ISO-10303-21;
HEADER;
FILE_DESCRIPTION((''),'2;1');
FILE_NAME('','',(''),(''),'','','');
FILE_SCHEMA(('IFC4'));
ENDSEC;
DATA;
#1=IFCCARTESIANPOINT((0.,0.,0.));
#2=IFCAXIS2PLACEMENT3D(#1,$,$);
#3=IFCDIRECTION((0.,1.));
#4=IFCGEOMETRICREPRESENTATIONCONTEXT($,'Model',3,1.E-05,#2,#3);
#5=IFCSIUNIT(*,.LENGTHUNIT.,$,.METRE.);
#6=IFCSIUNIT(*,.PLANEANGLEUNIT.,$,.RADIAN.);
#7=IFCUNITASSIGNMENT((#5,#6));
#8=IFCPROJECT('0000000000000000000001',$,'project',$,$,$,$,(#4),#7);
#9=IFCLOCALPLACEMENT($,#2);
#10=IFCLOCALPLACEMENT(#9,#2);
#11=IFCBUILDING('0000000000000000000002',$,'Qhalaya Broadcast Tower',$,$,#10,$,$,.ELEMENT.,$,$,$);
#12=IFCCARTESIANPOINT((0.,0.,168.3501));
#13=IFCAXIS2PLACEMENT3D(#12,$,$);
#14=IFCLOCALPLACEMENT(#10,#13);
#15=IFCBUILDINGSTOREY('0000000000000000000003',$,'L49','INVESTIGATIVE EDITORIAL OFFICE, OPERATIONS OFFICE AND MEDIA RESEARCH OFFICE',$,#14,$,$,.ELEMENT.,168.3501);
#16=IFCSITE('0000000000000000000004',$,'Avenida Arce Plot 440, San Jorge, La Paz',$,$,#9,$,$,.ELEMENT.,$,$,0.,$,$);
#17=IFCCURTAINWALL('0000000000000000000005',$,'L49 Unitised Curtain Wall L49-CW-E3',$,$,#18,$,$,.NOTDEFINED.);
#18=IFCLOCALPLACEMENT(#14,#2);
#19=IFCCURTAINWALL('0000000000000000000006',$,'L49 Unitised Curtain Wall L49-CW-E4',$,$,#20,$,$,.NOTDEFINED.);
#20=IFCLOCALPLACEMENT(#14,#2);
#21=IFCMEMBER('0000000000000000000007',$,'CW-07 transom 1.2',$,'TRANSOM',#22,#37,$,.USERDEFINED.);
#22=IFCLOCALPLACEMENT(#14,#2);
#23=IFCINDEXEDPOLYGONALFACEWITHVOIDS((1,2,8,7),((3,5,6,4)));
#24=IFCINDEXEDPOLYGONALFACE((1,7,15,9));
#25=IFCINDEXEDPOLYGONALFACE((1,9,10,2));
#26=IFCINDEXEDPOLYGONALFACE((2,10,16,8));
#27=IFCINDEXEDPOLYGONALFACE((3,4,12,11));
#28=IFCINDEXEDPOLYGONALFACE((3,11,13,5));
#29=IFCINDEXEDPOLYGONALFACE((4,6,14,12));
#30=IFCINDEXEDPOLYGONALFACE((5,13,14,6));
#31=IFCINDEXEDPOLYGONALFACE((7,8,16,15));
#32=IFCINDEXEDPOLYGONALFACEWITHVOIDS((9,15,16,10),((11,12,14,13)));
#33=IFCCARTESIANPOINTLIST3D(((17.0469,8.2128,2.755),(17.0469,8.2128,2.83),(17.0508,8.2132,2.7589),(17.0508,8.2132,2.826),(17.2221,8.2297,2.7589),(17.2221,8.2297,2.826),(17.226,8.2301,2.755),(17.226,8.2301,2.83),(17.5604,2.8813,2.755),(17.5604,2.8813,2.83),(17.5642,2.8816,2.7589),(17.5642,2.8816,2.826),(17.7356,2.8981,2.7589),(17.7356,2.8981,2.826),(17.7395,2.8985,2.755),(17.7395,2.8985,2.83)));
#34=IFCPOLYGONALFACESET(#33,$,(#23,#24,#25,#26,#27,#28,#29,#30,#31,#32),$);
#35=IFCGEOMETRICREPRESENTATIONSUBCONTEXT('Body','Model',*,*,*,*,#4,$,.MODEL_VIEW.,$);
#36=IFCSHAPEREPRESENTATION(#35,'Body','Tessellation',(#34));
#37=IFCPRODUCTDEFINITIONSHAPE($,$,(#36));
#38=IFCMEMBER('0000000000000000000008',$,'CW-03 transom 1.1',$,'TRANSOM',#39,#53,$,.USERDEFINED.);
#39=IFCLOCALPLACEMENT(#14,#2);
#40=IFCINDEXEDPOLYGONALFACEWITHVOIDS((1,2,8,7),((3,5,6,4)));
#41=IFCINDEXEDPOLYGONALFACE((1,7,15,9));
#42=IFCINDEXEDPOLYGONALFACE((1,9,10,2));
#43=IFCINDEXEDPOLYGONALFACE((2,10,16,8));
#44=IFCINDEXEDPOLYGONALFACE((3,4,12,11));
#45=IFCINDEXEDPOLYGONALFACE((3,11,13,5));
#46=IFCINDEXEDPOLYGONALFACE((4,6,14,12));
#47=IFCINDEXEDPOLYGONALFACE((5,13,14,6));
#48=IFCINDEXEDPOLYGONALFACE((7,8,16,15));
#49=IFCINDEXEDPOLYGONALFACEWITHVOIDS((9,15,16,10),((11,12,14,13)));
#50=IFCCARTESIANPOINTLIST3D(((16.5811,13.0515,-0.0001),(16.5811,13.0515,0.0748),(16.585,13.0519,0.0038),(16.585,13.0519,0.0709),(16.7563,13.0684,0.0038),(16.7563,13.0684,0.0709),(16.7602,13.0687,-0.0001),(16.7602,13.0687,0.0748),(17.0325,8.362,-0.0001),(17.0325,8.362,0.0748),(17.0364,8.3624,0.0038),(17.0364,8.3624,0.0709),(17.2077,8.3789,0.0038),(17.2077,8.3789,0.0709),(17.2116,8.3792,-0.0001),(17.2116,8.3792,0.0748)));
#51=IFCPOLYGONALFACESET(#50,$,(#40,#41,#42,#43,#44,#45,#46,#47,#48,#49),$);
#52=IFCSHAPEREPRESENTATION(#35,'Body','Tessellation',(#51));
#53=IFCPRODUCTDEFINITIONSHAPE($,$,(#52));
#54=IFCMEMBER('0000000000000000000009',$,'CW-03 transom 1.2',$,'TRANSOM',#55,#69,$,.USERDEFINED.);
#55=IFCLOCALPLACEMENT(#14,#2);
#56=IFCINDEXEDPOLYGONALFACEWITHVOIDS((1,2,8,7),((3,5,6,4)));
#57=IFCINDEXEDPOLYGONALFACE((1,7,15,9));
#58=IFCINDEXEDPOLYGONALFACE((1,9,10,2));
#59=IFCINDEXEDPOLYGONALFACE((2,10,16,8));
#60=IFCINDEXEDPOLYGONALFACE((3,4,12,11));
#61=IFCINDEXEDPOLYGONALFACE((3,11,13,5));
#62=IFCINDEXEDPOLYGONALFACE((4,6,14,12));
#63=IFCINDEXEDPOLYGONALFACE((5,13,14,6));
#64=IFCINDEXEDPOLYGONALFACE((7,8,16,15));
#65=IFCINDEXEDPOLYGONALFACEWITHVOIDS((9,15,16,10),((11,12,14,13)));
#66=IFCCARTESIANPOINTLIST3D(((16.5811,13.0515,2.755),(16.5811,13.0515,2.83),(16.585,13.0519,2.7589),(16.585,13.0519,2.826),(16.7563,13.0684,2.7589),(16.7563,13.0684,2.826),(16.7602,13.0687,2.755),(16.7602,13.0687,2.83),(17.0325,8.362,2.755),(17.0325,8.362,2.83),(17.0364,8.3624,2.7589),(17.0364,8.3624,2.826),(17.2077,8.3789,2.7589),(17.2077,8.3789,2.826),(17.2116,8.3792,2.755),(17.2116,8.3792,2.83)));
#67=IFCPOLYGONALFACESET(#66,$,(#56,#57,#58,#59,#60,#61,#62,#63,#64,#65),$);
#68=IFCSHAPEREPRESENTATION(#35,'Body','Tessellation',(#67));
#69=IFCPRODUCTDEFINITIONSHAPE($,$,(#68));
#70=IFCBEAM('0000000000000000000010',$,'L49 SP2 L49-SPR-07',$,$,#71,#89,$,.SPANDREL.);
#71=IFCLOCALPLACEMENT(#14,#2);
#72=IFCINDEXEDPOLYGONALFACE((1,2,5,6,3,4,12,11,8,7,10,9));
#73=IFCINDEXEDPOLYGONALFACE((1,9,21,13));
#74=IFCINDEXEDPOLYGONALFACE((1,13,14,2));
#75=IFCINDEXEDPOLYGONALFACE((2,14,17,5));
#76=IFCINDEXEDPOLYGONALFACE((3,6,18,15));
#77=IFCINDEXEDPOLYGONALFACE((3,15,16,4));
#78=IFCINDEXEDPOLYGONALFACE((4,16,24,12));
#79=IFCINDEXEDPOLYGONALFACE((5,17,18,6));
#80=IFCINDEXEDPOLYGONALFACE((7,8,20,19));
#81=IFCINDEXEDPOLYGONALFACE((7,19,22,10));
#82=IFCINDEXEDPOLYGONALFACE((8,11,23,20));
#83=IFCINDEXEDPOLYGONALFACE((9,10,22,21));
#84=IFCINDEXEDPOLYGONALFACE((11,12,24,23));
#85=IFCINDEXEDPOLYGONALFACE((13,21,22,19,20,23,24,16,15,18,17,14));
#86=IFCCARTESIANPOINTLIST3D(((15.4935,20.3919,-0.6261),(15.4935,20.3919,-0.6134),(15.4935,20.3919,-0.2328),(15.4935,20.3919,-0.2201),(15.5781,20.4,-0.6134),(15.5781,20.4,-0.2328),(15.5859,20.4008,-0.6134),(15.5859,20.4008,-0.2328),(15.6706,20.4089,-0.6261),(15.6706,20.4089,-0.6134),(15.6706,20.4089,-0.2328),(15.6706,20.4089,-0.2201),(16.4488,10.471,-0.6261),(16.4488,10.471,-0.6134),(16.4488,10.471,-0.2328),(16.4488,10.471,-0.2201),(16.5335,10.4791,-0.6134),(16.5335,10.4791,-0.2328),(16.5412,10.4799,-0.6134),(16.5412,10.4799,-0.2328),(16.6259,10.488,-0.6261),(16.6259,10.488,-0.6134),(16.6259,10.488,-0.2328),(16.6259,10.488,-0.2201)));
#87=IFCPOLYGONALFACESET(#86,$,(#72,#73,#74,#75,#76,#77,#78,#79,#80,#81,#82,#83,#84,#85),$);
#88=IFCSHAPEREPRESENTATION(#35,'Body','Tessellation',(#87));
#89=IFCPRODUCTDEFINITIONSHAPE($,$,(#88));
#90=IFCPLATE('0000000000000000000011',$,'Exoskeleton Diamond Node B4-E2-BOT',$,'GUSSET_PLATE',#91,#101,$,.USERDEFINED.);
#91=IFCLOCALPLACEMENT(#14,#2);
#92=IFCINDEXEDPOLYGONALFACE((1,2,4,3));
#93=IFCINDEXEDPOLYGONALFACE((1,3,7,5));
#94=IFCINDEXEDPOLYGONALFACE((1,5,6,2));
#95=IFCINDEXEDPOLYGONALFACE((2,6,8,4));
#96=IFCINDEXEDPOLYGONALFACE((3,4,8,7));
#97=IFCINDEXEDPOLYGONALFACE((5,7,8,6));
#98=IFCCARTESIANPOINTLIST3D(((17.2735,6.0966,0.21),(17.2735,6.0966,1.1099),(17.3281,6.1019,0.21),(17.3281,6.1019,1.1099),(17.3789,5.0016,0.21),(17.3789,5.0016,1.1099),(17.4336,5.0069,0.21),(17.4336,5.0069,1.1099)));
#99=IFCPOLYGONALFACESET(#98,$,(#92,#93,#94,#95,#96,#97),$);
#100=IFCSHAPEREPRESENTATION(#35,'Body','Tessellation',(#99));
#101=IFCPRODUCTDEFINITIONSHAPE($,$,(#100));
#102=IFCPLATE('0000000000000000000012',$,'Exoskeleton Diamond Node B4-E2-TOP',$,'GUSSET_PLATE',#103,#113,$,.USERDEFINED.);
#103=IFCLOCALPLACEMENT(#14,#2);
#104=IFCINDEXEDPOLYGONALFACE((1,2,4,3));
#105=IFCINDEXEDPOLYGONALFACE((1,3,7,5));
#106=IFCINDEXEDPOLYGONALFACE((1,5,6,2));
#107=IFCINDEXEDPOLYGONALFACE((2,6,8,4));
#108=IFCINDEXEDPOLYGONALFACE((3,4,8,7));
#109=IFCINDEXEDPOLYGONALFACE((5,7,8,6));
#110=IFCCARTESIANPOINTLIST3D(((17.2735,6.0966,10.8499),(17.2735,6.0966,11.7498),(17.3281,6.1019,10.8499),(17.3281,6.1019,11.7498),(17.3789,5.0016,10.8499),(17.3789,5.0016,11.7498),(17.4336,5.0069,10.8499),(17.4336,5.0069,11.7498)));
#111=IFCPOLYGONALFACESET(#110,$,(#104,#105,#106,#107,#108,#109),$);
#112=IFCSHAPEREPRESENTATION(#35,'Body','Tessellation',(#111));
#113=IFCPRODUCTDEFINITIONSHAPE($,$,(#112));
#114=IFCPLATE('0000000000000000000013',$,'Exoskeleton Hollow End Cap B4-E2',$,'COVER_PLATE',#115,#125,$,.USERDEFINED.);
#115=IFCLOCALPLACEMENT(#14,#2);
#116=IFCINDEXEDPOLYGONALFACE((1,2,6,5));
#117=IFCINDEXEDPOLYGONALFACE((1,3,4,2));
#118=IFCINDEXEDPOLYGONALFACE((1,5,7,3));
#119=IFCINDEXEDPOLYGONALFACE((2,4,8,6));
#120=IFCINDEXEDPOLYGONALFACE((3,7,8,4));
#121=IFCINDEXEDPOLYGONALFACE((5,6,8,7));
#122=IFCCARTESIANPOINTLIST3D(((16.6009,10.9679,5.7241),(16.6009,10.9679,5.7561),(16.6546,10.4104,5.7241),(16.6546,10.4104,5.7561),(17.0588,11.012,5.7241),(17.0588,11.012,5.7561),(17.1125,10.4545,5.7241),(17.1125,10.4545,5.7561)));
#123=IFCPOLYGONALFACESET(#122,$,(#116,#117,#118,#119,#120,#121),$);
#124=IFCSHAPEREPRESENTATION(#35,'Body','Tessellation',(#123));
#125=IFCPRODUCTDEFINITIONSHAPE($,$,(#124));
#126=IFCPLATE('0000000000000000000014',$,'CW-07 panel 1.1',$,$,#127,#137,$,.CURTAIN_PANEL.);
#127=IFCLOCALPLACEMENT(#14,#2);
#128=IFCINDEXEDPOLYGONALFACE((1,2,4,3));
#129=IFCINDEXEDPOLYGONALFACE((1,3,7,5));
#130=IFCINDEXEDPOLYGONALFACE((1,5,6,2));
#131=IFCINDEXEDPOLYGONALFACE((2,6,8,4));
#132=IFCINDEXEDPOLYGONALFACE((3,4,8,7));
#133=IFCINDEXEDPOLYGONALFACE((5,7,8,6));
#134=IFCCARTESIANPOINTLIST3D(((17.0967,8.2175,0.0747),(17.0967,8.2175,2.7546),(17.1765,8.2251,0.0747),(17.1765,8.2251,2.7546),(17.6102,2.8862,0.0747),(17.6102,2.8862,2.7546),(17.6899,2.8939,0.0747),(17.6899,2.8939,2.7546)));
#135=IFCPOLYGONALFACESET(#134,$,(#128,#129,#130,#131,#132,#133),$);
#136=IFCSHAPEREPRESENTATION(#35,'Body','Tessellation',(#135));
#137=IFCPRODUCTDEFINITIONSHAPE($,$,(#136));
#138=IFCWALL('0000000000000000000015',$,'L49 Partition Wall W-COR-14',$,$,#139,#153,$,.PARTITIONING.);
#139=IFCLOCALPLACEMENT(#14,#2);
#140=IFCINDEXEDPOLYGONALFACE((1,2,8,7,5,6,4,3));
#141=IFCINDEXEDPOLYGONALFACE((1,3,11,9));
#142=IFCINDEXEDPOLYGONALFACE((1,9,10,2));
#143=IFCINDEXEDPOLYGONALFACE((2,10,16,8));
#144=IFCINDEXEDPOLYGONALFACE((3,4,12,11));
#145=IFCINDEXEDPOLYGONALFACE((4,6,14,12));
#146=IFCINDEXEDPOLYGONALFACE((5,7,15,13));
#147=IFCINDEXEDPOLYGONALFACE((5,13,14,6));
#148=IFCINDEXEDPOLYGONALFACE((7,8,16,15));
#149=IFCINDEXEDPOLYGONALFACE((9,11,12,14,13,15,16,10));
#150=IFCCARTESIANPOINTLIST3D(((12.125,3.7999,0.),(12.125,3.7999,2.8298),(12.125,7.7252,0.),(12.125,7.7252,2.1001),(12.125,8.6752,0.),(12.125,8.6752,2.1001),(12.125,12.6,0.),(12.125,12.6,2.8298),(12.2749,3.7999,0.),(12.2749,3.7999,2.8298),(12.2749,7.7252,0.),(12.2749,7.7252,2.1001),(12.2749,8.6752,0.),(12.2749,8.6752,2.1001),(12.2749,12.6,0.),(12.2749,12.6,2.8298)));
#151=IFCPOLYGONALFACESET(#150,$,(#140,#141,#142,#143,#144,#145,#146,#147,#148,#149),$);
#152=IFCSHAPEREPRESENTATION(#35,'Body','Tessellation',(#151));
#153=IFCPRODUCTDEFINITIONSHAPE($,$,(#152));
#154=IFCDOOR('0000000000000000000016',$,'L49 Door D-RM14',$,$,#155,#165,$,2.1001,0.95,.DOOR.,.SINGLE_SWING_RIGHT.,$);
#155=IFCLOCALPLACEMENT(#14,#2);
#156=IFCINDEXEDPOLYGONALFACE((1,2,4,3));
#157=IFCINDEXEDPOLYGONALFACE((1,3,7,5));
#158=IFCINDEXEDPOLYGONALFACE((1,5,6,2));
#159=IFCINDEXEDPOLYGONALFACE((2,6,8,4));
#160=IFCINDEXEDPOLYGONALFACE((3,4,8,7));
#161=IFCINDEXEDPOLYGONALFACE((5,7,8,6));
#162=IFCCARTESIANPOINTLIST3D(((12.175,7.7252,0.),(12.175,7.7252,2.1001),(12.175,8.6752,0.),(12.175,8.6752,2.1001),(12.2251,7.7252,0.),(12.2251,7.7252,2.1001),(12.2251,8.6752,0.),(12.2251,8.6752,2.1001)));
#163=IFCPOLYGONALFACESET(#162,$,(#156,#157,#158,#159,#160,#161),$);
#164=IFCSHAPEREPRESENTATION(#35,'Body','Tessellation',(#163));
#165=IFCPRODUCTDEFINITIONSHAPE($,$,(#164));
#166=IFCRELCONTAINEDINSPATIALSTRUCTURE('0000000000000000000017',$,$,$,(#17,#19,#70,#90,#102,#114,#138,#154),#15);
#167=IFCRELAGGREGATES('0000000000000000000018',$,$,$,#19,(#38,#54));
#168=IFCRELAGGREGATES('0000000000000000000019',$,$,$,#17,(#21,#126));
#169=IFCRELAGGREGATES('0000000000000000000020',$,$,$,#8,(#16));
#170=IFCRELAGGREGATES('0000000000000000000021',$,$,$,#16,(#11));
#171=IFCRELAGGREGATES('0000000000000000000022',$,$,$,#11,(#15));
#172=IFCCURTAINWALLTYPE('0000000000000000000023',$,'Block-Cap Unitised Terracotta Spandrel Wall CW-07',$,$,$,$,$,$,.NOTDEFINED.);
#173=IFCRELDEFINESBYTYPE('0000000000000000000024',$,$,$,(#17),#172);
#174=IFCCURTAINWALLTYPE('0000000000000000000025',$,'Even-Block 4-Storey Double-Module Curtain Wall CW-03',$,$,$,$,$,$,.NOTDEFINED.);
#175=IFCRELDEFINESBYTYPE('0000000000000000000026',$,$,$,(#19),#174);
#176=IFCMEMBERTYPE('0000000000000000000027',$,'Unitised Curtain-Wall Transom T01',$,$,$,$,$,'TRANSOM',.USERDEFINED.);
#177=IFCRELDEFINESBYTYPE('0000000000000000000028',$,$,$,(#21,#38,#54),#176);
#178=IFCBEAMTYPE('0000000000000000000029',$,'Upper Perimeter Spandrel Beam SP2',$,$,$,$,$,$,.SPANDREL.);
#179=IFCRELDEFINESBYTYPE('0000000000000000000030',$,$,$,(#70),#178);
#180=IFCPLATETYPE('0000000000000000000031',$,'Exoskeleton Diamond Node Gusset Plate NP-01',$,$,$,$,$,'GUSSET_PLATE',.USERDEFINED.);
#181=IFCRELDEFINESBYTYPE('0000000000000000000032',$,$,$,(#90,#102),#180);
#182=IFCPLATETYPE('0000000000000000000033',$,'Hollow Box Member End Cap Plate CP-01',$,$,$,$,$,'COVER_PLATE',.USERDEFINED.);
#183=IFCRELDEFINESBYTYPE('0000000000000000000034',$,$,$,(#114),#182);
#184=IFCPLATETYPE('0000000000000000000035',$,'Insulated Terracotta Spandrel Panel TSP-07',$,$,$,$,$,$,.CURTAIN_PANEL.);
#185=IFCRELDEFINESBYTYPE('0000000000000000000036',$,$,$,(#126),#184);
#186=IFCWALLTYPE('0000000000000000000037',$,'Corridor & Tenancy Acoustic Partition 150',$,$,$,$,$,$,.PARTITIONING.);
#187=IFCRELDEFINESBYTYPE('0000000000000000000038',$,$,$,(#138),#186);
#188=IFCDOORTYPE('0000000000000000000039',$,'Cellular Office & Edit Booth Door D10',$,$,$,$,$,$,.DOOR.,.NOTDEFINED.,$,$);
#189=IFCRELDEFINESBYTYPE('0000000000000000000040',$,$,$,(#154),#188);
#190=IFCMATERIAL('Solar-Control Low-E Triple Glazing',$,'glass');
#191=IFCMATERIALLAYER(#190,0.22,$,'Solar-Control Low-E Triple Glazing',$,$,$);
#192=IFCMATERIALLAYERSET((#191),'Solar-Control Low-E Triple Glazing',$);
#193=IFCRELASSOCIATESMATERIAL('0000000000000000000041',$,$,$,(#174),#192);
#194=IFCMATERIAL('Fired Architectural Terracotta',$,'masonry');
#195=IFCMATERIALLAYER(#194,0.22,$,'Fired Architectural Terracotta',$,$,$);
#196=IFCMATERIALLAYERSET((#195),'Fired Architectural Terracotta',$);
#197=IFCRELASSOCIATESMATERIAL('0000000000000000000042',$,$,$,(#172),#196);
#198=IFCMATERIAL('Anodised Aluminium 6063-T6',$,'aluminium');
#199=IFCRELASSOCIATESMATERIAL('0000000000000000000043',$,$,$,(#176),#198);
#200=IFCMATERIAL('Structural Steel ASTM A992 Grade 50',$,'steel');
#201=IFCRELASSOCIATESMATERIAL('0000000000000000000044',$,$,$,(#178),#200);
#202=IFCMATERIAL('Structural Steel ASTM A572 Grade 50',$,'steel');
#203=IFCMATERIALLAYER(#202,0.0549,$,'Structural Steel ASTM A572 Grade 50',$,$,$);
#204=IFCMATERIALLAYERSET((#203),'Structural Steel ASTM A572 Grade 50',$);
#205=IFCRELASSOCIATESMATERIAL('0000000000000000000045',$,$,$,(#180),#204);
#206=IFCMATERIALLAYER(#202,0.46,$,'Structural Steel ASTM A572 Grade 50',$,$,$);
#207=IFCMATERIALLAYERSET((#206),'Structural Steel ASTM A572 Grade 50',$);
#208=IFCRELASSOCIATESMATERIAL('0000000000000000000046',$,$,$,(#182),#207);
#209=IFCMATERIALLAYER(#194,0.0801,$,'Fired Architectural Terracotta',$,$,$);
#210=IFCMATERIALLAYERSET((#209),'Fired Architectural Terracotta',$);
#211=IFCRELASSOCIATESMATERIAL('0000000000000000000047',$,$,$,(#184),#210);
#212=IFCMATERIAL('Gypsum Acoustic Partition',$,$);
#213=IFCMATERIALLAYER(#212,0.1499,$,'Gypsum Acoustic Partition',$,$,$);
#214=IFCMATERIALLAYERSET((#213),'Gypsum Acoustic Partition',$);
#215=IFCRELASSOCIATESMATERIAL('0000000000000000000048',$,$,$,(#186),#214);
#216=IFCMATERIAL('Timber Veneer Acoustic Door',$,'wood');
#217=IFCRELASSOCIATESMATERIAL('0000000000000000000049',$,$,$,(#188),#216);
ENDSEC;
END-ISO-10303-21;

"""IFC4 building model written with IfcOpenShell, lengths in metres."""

from ifc_helpers import new_model, si_unit, direction, frame, frame_2d, origin, origin_2d, place, context, subcontext, project, spatial, rectangle, hollow_rectangle, i_section, extrude, material, layer, layer_set, material_profile, profile_set, type_object, element, fill, aggregate, save


model = new_model("IFC4")

# Units and contexts
model_context = context("Model", 3, precision=1e-05, world=origin(), true_north=direction((0.0, 1.0)))
body_context = subcontext(model_context, "Body", "Model", "MODEL_VIEW")
ifc_project = project(units=[si_unit("LENGTHUNIT", "METRE"), si_unit("PLANEANGLEUNIT", "RADIAN")], contexts=[model_context])

# Site, building, storey
site_placement = place(None, origin())
site = spatial("IfcSite", under=ifc_project, at=site_placement, Name="Avenida Arce Plot 440, San Jorge, La Paz", CompositionType="ELEMENT", RefElevation=0.0)
building_placement = place(site_placement, origin())
building = spatial("IfcBuilding", under=site, at=building_placement, Name="Qhalaya Broadcast Tower", CompositionType="ELEMENT")
storey_placement = place(building_placement, frame((0.0, 0.0, 168.3501)))
storey = spatial("IfcBuildingStorey", under=building, at=storey_placement, Name="L49", Description="INVESTIGATIVE EDITORIAL OFFICE, OPERATIONS OFFICE AND MEDIA RESEARCH OFFICE", CompositionType="ELEMENT", Elevation=168.3501)

# Shared definitions
ifc_material_1 = material(Name="Structural Steel ASTM A572 Grade 50", Category="steel")

# Shared definitions
ifc_material_2 = material(Name="Structural Steel ASTM A992 Grade 50", Category="steel")

# Shared definitions
ifc_material_3 = material(Name="Solar-Control Low-E Triple Glazing", Category="glass")
ifc_layer_1 = layer(ifc_material_3, 0.22, Name="Solar-Control Low-E Triple Glazing")
ifc_layer_set_1 = layer_set([ifc_layer_1], Name="Solar-Control Low-E Triple Glazing")
curtain_wall_type_1 = type_object("IfcCurtainWallType", Name="Even-Block 4-Storey Double-Module Curtain Wall CW-03", PredefinedType="NOTDEFINED", material=ifc_layer_set_1)
ifc_material_4 = material(Name="Anodised Aluminium 6063-T6", Category="aluminium")

# Curtain wall
ifc_material_5 = material(Name="Fired Architectural Terracotta", Category="masonry")
ifc_layer_2 = layer(ifc_material_5, 0.22, Name="Fired Architectural Terracotta")
ifc_layer_set_2 = layer_set([ifc_layer_2], Name="Fired Architectural Terracotta")
curtain_wall_type_2 = type_object("IfcCurtainWallType", Name="Block-Cap Unitised Terracotta Spandrel Wall CW-07", PredefinedType="NOTDEFINED", material=ifc_layer_set_2)
curtain_wall_1_placement = place(storey_placement, origin())
curtain_wall_1 = element("IfcCurtainWall", 1, at=curtain_wall_1_placement, inside=storey, type_object=curtain_wall_type_2, Name="L49 Unitised Curtain Wall L49-CW-E3", PredefinedType="NOTDEFINED")

# Curtain wall
curtain_wall_2_placement = place(storey_placement, origin())
curtain_wall_2 = element("IfcCurtainWall", 2, at=curtain_wall_2_placement, inside=storey, type_object=curtain_wall_type_1, Name="L49 Unitised Curtain Wall L49-CW-E4", PredefinedType="NOTDEFINED")

# Members
ifc_material_profile_1 = material_profile(ifc_material_4, hollow_rectangle(XDim=0.075, YDim=0.1799, WallThickness=0.0039, at=origin_2d()), Name="ALU-TRN 75x180x4")
ifc_profile_set_1 = profile_set([ifc_material_profile_1], Name="Anodised Aluminium 6063-T6")
member_type_1 = type_object("IfcMemberType", Name="Unitised Curtain-Wall Transom T01", ElementType="TRANSOM", PredefinedType="USERDEFINED", material=ifc_profile_set_1)
member_1_placement = place(storey_placement, frame((17.6499, 2.8899, 2.7925), z_axis=(-0.095857, 0.995395, 0.0), x_axis=(0.0, 0.0, 1.0)))
member_1 = element("IfcMember", 3, at=member_1_placement, type_object=member_type_1, Name="CW-07 transom 1.2", ObjectType="TRANSOM", PredefinedType="USERDEFINED", context=body_context, shape_type="SweptSolid", body=[
    extrude(hollow_rectangle(XDim=0.075, YDim=0.1799, WallThickness=0.0039, at=origin_2d()), origin(), (0.0, 0.0, 1.0), 5.3562),
])
member_2_placement = place(storey_placement, frame((17.1221, 8.3706, 0.0374), z_axis=(-0.095819, 0.995399, 0.0), x_axis=(0.0, 0.0, 1.0)))
member_2 = element("IfcMember", 4, at=member_2_placement, type_object=member_type_1, Name="CW-03 transom 1.1", ObjectType="TRANSOM", PredefinedType="USERDEFINED", context=body_context, shape_type="SweptSolid", body=[
    extrude(hollow_rectangle(XDim=0.075, YDim=0.1799, WallThickness=0.0039, at=origin_2d()), origin(), (0.0, 0.0, 1.0), 4.7112),
])
member_3_placement = place(storey_placement, frame((17.1221, 8.3706, 2.7925), z_axis=(-0.095819, 0.995399, 0.0), x_axis=(0.0, 0.0, 1.0)))
member_3 = element("IfcMember", 5, at=member_3_placement, type_object=member_type_1, Name="CW-03 transom 1.2", ObjectType="TRANSOM", PredefinedType="USERDEFINED", context=body_context, shape_type="SweptSolid", body=[
    extrude(hollow_rectangle(XDim=0.075, YDim=0.1799, WallThickness=0.0039, at=origin_2d()), origin(), (0.0, 0.0, 1.0), 4.7112),
])
aggregate(curtain_wall_2, [member_2, member_3])

# Beam
ifc_material_profile_2 = material_profile(ifc_material_2, i_section(OverallWidth=0.178, OverallDepth=0.406, WebThickness=0.0078, FlangeThickness=0.0127, at=origin_2d()), Name="W16X40")
ifc_profile_set_2 = profile_set([ifc_material_profile_2], Name="Structural Steel ASTM A992 Grade 50")
beam_type_1 = type_object("IfcBeamType", Name="Upper Perimeter Spandrel Beam SP2", PredefinedType="SPANDREL", material=ifc_profile_set_2)
beam_1_placement = place(storey_placement, frame((16.5374, 10.4795, -0.4231), z_axis=(-0.095851, 0.995396, 0.0), x_axis=(-0.995396, -0.095851, 0.0)))
element("IfcBeam", 6, at=beam_1_placement, inside=storey, type_object=beam_type_1, Name="L49 SP2 L49-SPR-07", PredefinedType="SPANDREL", context=body_context, shape_type="SweptSolid", body=[
    extrude(i_section(OverallWidth=0.178, OverallDepth=0.406, WebThickness=0.0078, FlangeThickness=0.0127, at=origin_2d()), origin(), (0.0, 0.0, 1.0), 9.9668),
])

# Plates
ifc_layer_3 = layer(ifc_material_1, 0.0549, Name="Structural Steel ASTM A572 Grade 50")
ifc_layer_set_3 = layer_set([ifc_layer_3], Name="Structural Steel ASTM A572 Grade 50")
plate_type_1 = type_object("IfcPlateType", Name="Exoskeleton Diamond Node Gusset Plate NP-01", ElementType="GUSSET_PLATE", PredefinedType="USERDEFINED", material=ifc_layer_set_3)
for number, where, z_axis, x_axis, name in (
    (7, (17.3535, 5.5518, 0.21), (0.0, 0.0, 1.0), (-0.095846, 0.995396, 0.0), "Exoskeleton Diamond Node B4-E2-BOT"),
    (8, (17.3535, 5.5518, 10.8499), (0.0, 0.0, 1.0), (-0.095846, 0.995396, 0.0), "Exoskeleton Diamond Node B4-E2-TOP"),
):
    element("IfcPlate", number, at=place(storey_placement, frame(where, z_axis=z_axis, x_axis=x_axis)), inside=storey, type_object=plate_type_1, Name=name, ObjectType="GUSSET_PLATE", PredefinedType="USERDEFINED", context=body_context, shape_type="SweptSolid", body=[
        extrude(rectangle(XDim=1.1001, YDim=0.0549, at=origin_2d()), origin(), (0.0, 0.0, 1.0), 0.8999),
    ])
ifc_layer_4 = layer(ifc_material_1, 0.46, Name="Structural Steel ASTM A572 Grade 50")
ifc_layer_set_4 = layer_set([ifc_layer_4], Name="Structural Steel ASTM A572 Grade 50")
plate_type_2 = type_object("IfcPlateType", Name="Hollow Box Member End Cap Plate CP-01", ElementType="COVER_PLATE", PredefinedType="USERDEFINED", material=ifc_layer_set_4)
plate_1_placement = place(storey_placement, frame((16.8567, 10.7112, 5.7241), z_axis=(0.0, 0.0, 1.0), x_axis=(-0.095846, 0.995396, 0.0)))
element("IfcPlate", 9, at=plate_1_placement, inside=storey, type_object=plate_type_2, Name="Exoskeleton Hollow End Cap B4-E2", ObjectType="COVER_PLATE", PredefinedType="USERDEFINED", context=body_context, shape_type="SweptSolid", body=[
    extrude(rectangle(XDim=0.5601, YDim=0.46, at=origin_2d()), origin(), (0.0, 0.0, 1.0), 0.032),
])

# Plate
ifc_layer_5 = layer(ifc_material_5, 0.0801, Name="Fired Architectural Terracotta")
ifc_layer_set_5 = layer_set([ifc_layer_5], Name="Fired Architectural Terracotta")
plate_type_3 = type_object("IfcPlateType", Name="Insulated Terracotta Spandrel Panel TSP-07", PredefinedType="CURTAIN_PANEL", material=ifc_layer_set_5)
plate_2_placement = place(storey_placement, frame((17.3933, 5.5557, 0.0747), z_axis=(0.0, 0.0, 1.0), x_axis=(-0.095858, 0.995395, 0.0)))
plate_2 = element("IfcPlate", 10, at=plate_2_placement, type_object=plate_type_3, Name="CW-07 panel 1.1", PredefinedType="CURTAIN_PANEL", context=body_context, shape_type="SweptSolid", body=[
    extrude(rectangle(XDim=5.356, YDim=0.0801, at=origin_2d()), origin(), (0.0, 0.0, 1.0), 2.6799),
])
aggregate(curtain_wall_1, [member_1, plate_2])

# Wall, opening, door
ifc_material_6 = material(Name="Gypsum Acoustic Partition")
ifc_layer_6 = layer(ifc_material_6, 0.1499, Name="Gypsum Acoustic Partition")
ifc_layer_set_6 = layer_set([ifc_layer_6], Name="Gypsum Acoustic Partition")
wall_type_1 = type_object("IfcWallType", Name="Corridor & Tenancy Acoustic Partition 150", PredefinedType="PARTITIONING", material=ifc_layer_set_6)
wall_1_placement = place(storey_placement, frame((12.2, 3.8, 0.0), z_axis=(0.0, 0.0, 1.0), x_axis=(0.0, 1.0, 0.0)))
wall_1 = element("IfcWall", 11, at=wall_1_placement, inside=storey, type_object=wall_type_1, Name="L49 Partition Wall W-COR-14", PredefinedType="PARTITIONING", context=body_context, shape_type="SweptSolid", body=[
    extrude(rectangle(XDim=8.8, YDim=0.1499, at=frame_2d((4.3999, 0.0))), origin(), (0.0, 0.0, 1.0), 2.8298),
])
opening_1_placement = place(wall_1_placement, frame((3.925, 0.0, 0.0)))
opening_1 = element("IfcOpeningElement", 12, at=opening_1_placement, cuts=wall_1, PredefinedType="OPENING", context=body_context, shape_type="SweptSolid", body=[
    extrude(rectangle(XDim=0.95, YDim=2.1001, at=frame_2d((0.4751, 1.05))), frame((0.0, 0.0869, 0.0), z_axis=(0.0, -1.0, 0.0), x_axis=(1.0, 0.0, 0.0)), (0.0, 0.0, 1.0), 0.1738),
])
ifc_material_7 = material(Name="Timber Veneer Acoustic Door", Category="wood")
door_type_1 = type_object("IfcDoorType", Name="Cellular Office & Edit Booth Door D10", OperationType="NOTDEFINED", PredefinedType="DOOR", material=ifc_material_7)
door_1_placement = place(opening_1_placement, origin())
door_1 = element("IfcDoor", 13, at=door_1_placement, inside=storey, type_object=door_type_1, Name="L49 Door D-RM14", OperationType="SINGLE_SWING_RIGHT", OverallHeight=2.1001, OverallWidth=0.95, PredefinedType="DOOR", context=body_context, shape_type="SweptSolid", body=[
    extrude(rectangle(XDim=0.95, YDim=2.1001, at=frame_2d((0.4751, 1.05))), frame((0.0, 0.0249, 0.0), z_axis=(0.0, -1.0, 0.0), x_axis=(1.0, 0.0, 0.0)), (0.0, 0.0, 1.0), 0.05),
])
fill(opening_1, door_1)

save(model, "model.ifc")
